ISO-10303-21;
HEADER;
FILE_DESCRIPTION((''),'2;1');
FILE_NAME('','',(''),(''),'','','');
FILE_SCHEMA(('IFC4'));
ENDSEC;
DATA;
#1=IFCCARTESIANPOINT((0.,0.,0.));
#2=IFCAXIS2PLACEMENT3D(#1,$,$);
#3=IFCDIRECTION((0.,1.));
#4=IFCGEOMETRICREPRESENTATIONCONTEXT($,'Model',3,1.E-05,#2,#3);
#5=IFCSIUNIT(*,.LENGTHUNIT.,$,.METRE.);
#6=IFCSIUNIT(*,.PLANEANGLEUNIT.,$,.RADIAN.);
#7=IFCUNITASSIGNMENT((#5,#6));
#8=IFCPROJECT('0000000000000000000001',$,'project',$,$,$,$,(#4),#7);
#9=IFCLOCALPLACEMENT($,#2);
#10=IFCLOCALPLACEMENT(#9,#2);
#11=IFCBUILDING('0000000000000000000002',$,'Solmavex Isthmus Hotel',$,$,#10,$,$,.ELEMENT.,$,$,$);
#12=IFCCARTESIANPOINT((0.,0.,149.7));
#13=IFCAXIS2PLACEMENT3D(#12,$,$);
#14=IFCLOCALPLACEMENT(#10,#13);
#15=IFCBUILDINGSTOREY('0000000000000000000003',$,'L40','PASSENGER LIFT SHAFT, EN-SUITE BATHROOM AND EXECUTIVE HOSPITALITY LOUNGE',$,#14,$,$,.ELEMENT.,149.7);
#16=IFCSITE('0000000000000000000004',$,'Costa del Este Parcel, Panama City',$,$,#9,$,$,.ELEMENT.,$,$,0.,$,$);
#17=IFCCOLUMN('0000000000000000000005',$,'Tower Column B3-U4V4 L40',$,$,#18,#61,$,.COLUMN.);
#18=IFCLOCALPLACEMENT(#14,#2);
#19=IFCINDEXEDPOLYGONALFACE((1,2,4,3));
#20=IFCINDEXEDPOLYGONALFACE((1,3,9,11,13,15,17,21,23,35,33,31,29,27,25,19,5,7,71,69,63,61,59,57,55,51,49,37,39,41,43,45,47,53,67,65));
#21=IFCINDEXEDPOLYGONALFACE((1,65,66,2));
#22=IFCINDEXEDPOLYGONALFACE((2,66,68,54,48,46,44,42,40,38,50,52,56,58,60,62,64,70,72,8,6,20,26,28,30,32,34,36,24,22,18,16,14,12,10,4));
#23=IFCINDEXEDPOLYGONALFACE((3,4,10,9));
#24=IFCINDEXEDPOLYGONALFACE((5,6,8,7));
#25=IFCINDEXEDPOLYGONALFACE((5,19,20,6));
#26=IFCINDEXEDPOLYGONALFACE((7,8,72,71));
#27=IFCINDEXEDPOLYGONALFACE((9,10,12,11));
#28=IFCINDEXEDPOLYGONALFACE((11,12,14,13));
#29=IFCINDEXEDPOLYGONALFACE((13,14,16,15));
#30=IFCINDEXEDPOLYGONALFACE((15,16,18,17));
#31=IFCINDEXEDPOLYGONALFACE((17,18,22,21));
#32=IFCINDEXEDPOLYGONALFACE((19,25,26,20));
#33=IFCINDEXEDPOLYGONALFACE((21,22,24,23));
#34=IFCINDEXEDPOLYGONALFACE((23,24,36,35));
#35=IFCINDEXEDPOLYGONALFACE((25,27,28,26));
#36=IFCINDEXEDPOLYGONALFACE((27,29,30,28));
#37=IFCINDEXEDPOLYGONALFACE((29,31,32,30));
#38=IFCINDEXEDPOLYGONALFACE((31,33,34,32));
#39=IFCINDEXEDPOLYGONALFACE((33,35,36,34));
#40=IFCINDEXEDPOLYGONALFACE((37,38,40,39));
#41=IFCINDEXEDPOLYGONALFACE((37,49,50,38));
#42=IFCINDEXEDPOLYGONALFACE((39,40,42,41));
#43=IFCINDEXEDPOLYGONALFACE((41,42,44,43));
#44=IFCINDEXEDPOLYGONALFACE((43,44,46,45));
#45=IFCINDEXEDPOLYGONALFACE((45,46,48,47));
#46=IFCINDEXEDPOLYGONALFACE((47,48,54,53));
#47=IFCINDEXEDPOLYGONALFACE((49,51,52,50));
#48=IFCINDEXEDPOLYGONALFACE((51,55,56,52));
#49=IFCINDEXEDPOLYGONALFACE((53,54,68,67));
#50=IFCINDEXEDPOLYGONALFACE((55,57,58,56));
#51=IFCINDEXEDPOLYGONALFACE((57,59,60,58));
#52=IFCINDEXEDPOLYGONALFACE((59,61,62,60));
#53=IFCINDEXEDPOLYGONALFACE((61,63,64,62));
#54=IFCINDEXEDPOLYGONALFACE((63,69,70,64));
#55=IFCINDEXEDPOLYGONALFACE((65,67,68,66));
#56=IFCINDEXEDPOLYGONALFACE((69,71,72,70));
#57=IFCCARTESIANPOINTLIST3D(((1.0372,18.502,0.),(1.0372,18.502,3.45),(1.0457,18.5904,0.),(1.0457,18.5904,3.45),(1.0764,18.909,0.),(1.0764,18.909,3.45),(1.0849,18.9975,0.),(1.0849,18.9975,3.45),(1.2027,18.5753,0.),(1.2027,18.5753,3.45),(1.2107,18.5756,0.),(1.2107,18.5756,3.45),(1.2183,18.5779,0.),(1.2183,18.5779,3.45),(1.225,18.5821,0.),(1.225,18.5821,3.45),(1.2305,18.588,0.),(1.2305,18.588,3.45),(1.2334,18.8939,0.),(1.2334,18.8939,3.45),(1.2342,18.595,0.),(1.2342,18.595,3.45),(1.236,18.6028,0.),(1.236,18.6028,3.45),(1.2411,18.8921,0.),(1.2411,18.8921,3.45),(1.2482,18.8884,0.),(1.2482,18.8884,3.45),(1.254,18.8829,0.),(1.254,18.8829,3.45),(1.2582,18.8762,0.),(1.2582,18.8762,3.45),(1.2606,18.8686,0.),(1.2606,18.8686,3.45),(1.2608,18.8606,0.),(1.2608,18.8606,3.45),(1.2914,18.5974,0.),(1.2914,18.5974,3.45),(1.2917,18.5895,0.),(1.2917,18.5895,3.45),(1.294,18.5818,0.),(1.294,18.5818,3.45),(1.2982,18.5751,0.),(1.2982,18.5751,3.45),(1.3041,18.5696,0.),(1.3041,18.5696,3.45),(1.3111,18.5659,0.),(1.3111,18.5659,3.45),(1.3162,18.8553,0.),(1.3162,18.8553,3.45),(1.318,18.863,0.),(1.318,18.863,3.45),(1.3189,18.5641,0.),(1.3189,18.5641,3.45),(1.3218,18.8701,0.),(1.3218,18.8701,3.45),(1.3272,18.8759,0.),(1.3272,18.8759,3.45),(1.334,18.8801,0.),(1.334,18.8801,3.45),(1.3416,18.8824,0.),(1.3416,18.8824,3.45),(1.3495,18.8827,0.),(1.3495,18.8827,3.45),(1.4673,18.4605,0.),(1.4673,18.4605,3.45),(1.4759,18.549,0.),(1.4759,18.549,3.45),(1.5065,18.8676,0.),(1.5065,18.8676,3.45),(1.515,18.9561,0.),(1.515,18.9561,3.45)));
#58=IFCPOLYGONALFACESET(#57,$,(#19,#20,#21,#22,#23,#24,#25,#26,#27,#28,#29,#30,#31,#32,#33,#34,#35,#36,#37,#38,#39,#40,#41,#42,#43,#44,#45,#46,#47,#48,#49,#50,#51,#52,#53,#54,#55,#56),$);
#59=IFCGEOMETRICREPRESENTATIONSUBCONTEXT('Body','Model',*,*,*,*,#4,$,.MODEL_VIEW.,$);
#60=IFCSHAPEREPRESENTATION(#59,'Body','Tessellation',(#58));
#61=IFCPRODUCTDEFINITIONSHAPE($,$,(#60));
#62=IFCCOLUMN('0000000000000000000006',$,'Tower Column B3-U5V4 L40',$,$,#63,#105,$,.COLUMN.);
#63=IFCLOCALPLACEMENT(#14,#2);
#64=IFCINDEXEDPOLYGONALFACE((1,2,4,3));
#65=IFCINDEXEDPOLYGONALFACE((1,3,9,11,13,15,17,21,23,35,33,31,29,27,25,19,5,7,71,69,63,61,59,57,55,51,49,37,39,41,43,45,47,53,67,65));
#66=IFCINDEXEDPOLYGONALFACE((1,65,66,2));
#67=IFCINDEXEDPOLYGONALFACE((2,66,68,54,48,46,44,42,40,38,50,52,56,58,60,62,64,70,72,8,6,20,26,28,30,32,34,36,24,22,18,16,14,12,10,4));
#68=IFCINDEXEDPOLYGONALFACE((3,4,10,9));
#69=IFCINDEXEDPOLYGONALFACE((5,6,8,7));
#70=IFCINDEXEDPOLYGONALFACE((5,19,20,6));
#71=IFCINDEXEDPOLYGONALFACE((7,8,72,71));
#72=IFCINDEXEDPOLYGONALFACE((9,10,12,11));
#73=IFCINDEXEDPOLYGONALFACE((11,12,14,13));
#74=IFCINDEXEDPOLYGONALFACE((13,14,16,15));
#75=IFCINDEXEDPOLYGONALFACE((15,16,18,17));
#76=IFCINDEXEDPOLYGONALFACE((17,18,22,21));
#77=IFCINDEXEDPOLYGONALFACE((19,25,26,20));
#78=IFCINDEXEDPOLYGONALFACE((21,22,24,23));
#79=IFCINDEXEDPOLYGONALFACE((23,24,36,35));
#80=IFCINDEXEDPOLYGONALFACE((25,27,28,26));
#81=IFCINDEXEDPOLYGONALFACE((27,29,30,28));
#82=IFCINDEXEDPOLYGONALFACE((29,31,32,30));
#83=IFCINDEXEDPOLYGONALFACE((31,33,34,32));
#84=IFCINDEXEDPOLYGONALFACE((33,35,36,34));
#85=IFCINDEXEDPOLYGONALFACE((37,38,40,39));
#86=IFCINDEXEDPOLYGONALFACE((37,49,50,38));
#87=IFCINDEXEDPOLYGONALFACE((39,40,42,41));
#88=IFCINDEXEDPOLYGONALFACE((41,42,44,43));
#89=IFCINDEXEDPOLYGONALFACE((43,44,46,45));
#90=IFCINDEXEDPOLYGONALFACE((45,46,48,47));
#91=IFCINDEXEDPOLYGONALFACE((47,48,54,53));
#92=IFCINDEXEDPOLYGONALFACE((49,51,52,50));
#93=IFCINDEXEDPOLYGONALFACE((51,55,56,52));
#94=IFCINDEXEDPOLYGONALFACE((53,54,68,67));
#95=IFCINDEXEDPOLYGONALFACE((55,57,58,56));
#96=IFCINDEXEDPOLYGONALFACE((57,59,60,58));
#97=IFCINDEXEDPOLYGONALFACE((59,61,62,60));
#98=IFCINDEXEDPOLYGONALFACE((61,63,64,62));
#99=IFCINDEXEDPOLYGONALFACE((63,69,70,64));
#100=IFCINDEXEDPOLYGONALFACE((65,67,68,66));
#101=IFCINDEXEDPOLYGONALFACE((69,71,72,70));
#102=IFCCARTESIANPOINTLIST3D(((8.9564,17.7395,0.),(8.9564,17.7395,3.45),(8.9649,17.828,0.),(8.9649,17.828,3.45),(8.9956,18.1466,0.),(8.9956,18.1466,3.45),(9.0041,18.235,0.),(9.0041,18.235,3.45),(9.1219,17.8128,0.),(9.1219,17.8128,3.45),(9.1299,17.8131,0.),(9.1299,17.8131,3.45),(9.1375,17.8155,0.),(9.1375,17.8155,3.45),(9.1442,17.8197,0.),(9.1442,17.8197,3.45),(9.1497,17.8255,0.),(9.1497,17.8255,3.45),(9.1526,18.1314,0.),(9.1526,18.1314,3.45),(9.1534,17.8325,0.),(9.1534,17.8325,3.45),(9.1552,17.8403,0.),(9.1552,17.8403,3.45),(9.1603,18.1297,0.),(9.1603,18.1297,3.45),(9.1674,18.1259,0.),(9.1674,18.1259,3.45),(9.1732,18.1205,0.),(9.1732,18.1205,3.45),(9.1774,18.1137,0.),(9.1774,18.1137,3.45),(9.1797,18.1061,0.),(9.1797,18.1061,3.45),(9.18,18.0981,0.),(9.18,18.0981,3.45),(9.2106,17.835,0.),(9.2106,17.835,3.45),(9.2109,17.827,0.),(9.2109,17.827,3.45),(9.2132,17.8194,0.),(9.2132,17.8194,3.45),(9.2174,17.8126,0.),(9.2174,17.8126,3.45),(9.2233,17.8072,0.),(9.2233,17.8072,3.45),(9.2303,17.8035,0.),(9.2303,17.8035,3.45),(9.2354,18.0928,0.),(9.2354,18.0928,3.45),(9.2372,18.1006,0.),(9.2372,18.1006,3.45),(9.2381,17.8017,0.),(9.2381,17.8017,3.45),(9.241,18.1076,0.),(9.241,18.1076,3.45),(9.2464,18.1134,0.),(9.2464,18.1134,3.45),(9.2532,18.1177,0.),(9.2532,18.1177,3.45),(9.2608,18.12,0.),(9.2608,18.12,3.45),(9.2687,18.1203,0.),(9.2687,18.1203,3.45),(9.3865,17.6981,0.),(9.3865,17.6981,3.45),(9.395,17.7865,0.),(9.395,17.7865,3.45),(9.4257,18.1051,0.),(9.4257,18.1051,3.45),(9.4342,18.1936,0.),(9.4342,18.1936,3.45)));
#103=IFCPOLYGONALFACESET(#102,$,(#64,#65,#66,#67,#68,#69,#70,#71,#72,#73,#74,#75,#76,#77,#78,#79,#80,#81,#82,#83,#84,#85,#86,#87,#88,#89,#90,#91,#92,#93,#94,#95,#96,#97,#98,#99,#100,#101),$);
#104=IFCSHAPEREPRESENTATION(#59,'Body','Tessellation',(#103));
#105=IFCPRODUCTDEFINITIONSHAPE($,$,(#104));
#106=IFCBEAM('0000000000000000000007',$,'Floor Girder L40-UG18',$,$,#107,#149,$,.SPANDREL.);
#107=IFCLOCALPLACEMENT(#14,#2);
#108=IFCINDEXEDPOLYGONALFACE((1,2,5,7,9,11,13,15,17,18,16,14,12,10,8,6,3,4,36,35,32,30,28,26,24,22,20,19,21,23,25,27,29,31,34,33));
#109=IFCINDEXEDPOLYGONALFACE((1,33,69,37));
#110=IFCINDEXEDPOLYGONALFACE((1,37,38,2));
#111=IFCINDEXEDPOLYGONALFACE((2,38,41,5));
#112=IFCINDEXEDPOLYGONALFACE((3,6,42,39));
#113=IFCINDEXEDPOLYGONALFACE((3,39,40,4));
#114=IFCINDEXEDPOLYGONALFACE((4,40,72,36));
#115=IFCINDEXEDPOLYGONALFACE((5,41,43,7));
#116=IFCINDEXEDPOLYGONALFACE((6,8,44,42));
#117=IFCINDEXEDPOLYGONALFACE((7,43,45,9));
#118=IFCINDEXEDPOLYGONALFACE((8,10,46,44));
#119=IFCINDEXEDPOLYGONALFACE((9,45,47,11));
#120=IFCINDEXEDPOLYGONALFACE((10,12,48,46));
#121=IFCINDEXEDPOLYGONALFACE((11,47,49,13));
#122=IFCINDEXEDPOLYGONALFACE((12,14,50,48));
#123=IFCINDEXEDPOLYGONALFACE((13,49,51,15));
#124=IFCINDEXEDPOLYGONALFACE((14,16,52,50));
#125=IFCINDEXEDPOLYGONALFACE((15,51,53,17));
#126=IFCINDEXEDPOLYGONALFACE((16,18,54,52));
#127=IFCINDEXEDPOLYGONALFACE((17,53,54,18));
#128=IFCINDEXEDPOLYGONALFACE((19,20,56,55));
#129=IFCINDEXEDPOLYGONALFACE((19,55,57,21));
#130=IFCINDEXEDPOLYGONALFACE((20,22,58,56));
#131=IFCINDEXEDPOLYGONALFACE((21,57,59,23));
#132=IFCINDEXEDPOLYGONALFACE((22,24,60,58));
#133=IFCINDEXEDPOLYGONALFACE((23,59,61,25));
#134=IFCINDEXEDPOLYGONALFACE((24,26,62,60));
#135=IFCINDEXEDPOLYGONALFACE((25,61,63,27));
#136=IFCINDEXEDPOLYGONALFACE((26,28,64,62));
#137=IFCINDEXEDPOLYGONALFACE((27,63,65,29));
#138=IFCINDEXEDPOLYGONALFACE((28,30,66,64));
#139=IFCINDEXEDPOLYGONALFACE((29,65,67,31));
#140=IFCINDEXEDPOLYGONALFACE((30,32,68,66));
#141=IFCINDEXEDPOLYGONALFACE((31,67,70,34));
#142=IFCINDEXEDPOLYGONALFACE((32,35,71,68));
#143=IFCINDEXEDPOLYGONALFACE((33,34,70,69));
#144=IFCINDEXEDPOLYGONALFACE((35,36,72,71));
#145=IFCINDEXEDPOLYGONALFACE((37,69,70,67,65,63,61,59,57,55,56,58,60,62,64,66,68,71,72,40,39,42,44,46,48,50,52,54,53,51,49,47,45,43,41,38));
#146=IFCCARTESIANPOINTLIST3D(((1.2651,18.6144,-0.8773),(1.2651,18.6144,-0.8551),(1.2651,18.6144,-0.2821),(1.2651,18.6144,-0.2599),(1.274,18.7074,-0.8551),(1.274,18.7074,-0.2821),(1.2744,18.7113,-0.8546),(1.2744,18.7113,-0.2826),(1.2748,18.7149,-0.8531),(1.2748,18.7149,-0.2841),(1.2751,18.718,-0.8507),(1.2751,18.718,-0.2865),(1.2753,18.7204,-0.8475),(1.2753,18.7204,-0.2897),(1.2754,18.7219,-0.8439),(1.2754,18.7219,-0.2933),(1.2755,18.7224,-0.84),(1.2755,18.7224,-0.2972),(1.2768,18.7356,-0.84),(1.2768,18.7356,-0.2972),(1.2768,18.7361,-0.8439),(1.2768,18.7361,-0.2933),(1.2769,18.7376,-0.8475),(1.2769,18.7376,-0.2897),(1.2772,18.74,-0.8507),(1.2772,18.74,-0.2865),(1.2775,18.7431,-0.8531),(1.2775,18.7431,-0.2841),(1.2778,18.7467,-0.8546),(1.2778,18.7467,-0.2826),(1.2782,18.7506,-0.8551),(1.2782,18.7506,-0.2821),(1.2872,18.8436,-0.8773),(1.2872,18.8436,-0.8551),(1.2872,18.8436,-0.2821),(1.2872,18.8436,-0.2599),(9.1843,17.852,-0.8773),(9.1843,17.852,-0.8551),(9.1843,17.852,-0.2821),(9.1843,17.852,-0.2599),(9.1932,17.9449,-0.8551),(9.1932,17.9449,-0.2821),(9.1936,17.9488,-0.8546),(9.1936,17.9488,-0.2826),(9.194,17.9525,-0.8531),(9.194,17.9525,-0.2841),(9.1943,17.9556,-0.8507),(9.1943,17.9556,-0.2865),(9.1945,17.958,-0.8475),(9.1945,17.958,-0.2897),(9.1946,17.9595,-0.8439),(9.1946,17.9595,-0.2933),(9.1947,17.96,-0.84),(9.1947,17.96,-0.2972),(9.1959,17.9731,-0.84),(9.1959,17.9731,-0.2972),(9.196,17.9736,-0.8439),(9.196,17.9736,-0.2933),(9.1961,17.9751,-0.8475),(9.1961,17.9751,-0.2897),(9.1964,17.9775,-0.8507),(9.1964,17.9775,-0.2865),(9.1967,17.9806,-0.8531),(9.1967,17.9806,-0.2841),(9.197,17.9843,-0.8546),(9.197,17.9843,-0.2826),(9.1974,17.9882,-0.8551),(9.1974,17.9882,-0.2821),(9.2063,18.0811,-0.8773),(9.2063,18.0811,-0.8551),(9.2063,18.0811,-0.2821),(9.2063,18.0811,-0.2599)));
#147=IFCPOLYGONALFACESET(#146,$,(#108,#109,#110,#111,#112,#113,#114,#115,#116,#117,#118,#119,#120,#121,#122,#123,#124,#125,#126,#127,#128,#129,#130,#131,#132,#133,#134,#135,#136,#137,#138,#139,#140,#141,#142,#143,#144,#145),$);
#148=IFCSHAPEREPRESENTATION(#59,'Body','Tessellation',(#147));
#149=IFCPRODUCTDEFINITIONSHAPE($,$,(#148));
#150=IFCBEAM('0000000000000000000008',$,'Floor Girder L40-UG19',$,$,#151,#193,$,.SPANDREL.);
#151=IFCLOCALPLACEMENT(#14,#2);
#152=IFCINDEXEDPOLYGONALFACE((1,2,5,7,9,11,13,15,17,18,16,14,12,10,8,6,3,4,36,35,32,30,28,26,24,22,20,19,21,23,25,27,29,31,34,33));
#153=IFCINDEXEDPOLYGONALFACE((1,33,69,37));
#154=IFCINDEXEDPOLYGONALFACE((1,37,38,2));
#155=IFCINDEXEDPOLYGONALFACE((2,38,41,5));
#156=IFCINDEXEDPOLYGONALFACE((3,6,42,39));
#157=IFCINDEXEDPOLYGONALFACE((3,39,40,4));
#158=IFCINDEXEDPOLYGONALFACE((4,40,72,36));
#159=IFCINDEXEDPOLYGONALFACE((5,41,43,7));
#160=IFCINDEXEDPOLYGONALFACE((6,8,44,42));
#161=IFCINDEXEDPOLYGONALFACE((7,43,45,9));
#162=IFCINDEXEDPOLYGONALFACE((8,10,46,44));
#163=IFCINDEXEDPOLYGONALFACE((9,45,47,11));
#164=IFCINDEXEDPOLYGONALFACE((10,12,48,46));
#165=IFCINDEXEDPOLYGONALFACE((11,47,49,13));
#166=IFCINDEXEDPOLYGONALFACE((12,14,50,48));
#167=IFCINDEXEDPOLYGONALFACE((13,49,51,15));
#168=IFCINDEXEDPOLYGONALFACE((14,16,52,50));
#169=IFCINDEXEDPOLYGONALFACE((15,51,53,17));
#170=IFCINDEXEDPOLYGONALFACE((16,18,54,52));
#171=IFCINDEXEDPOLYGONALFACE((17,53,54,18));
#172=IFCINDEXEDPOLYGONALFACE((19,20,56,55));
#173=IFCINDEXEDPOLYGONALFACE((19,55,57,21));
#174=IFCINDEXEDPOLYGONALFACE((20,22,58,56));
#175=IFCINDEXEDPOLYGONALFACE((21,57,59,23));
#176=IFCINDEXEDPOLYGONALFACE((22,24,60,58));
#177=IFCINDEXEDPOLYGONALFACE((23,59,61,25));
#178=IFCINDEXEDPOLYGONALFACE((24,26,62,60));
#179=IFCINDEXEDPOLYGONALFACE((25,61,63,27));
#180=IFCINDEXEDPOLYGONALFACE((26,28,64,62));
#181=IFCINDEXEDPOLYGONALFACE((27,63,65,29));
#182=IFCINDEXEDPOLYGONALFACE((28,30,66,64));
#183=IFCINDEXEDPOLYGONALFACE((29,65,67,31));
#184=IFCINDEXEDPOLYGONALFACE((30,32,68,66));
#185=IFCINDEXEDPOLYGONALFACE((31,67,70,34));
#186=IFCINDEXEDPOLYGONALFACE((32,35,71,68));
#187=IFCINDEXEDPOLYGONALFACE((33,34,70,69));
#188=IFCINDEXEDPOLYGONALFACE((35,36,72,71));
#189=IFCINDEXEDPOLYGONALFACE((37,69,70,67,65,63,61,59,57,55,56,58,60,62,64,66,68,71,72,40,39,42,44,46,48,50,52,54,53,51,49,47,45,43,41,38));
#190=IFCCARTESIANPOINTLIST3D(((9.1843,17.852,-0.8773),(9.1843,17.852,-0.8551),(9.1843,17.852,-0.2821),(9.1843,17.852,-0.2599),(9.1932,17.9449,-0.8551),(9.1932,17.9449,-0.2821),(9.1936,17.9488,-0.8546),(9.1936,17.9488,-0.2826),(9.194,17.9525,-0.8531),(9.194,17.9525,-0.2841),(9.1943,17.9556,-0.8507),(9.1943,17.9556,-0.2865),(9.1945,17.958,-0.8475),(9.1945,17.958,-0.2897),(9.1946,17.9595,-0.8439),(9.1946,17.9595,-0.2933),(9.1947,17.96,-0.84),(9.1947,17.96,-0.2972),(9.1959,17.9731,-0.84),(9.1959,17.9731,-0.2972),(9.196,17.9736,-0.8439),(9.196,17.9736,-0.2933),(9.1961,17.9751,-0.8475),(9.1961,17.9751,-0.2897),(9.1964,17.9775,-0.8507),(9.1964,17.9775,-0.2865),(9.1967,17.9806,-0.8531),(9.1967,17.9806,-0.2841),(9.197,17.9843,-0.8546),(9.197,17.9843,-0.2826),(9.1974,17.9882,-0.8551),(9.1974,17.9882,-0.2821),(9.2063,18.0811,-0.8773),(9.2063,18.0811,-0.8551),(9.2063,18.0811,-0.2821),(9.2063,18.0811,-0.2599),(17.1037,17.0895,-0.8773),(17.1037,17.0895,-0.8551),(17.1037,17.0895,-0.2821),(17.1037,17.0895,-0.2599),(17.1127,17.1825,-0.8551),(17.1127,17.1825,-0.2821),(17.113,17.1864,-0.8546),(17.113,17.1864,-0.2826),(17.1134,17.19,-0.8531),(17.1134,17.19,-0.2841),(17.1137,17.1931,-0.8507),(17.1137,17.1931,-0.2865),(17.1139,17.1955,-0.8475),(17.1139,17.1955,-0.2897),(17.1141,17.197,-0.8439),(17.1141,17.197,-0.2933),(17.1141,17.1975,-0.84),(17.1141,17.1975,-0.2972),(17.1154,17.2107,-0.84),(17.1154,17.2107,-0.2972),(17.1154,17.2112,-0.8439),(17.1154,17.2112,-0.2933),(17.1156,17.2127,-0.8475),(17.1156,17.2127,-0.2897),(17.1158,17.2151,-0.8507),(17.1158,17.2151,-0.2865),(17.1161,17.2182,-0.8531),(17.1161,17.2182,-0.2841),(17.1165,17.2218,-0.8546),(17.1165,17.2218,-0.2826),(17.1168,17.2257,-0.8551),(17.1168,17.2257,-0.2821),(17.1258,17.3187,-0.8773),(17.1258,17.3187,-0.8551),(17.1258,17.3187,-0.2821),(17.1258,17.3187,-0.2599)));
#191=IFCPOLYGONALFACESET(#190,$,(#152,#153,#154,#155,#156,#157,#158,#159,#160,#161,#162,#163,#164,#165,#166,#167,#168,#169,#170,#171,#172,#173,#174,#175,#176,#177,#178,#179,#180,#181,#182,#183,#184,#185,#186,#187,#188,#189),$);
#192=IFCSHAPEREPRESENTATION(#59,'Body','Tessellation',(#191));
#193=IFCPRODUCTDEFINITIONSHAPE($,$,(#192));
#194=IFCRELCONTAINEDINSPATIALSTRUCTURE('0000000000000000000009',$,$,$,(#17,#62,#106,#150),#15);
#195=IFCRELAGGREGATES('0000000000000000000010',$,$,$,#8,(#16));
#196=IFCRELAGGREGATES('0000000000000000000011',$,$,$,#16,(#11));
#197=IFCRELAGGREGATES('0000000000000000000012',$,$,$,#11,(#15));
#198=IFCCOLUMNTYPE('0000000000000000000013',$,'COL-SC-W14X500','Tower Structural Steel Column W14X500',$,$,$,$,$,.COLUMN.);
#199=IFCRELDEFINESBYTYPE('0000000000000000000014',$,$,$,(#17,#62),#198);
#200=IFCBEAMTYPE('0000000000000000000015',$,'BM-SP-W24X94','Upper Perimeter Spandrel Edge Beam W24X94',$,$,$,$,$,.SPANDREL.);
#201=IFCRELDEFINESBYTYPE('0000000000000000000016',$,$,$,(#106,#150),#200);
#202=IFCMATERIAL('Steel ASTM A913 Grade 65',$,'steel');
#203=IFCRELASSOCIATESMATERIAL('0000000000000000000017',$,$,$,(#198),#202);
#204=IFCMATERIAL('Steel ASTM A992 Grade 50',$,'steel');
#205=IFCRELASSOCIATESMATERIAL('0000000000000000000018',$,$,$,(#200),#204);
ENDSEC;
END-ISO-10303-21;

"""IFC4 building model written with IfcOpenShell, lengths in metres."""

from ifc_helpers import new_model, si_unit, direction, frame, origin, origin_2d, place, context, subcontext, project, spatial, i_section, extrude, material, material_profile, profile_set, type_object, element, save


model = new_model("IFC4")

# Units and contexts
model_context = context("Model", 3, precision=1e-05, world=origin(), true_north=direction((0.0, 1.0)))
body_context = subcontext(model_context, "Body", "Model", "MODEL_VIEW")
ifc_project = project(units=[si_unit("LENGTHUNIT", "METRE"), si_unit("PLANEANGLEUNIT", "RADIAN")], contexts=[model_context])

# Site, building, storey
site_placement = place(None, origin())
site = spatial("IfcSite", under=ifc_project, at=site_placement, Name="Costa del Este Parcel, Panama City", CompositionType="ELEMENT", RefElevation=0.0)
building_placement = place(site_placement, origin())
building = spatial("IfcBuilding", under=site, at=building_placement, Name="Solmavex Isthmus Hotel", CompositionType="ELEMENT")
storey_placement = place(building_placement, frame((0.0, 0.0, 149.7)))
storey = spatial("IfcBuildingStorey", under=building, at=storey_placement, Name="L40", Description="PASSENGER LIFT SHAFT, EN-SUITE BATHROOM AND EXECUTIVE HOSPITALITY LOUNGE", CompositionType="ELEMENT", Elevation=149.7)

# Columns
ifc_material_1 = material(Name="Steel ASTM A913 Grade 65", Category="steel")
ifc_material_profile_1 = material_profile(ifc_material_1, i_section(OverallWidth=0.4321, OverallDepth=0.4978, WebThickness=0.0557, FlangeThickness=0.0889, FilletRadius=0.0305, at=origin_2d()), Name="W14X500")
ifc_profile_set_1 = profile_set([ifc_material_profile_1], Name="Steel ASTM A913 Grade 65")
column_type = type_object("IfcColumnType", Name="COL-SC-W14X500", Description="Tower Structural Steel Column W14X500", PredefinedType="COLUMN", material=ifc_profile_set_1)
for number, where, z_axis, x_axis, name in (
    (1, (1.2761, 18.729, 0.0), (0.0, 0.0, 1.0), (0.995396, -0.095846, 0.0), "Tower Column B3-U4V4 L40"),
    (2, (9.1953, 17.9666, 0.0), (0.0, 0.0, 1.0), (0.995396, -0.095846, 0.0), "Tower Column B3-U5V4 L40"),
):
    element("IfcColumn", number, at=place(storey_placement, frame(where, z_axis=z_axis, x_axis=x_axis)), inside=storey, type_object=column_type, Name=name, PredefinedType="COLUMN", context=body_context, shape_type="SweptSolid", body=[
        extrude(i_section(OverallWidth=0.4321, OverallDepth=0.4978, WebThickness=0.0557, FlangeThickness=0.0889, FilletRadius=0.0305, at=origin_2d()), origin(), (0.0, 0.0, 1.0), 3.45),
    ])

# Beams
ifc_material_2 = material(Name="Steel ASTM A992 Grade 50", Category="steel")
ifc_material_profile_2 = material_profile(ifc_material_2, i_section(OverallWidth=0.2302, OverallDepth=0.6174, WebThickness=0.0132, FlangeThickness=0.0222, FilletRadius=0.0151, at=origin_2d()), Name="W24X94")
ifc_profile_set_2 = profile_set([ifc_material_profile_2], Name="Steel ASTM A992 Grade 50")
beam_type = type_object("IfcBeamType", Name="BM-SP-W24X94", Description="Upper Perimeter Spandrel Edge Beam W24X94", PredefinedType="SPANDREL", material=ifc_profile_set_2)
beam_1_placement = place(storey_placement, frame((1.2761, 18.729, -0.5686), z_axis=(0.995397, -0.095836, 0.0), x_axis=(0.095836, 0.995397, 0.0)))
element("IfcBeam", 3, at=beam_1_placement, inside=storey, type_object=beam_type, Name="Floor Girder L40-UG18", PredefinedType="SPANDREL", context=body_context, shape_type="SweptSolid", body=[
    extrude(i_section(OverallWidth=0.2302, OverallDepth=0.6174, WebThickness=0.0132, FlangeThickness=0.0222, FilletRadius=0.0151, at=origin_2d()), origin(), (0.0, 0.0, 1.0), 7.9558),
])
beam_2_placement = place(storey_placement, frame((9.1953, 17.9666, -0.5686), z_axis=(0.995397, -0.095833, 0.0), x_axis=(0.095833, 0.995397, 0.0)))
element("IfcBeam", 4, at=beam_2_placement, inside=storey, type_object=beam_type, Name="Floor Girder L40-UG19", PredefinedType="SPANDREL", context=body_context, shape_type="SweptSolid", body=[
    extrude(i_section(OverallWidth=0.2302, OverallDepth=0.6174, WebThickness=0.0132, FlangeThickness=0.0222, FilletRadius=0.0151, at=origin_2d()), origin(), (0.0, 0.0, 1.0), 7.9561),
])

save(model, "model.ifc")
